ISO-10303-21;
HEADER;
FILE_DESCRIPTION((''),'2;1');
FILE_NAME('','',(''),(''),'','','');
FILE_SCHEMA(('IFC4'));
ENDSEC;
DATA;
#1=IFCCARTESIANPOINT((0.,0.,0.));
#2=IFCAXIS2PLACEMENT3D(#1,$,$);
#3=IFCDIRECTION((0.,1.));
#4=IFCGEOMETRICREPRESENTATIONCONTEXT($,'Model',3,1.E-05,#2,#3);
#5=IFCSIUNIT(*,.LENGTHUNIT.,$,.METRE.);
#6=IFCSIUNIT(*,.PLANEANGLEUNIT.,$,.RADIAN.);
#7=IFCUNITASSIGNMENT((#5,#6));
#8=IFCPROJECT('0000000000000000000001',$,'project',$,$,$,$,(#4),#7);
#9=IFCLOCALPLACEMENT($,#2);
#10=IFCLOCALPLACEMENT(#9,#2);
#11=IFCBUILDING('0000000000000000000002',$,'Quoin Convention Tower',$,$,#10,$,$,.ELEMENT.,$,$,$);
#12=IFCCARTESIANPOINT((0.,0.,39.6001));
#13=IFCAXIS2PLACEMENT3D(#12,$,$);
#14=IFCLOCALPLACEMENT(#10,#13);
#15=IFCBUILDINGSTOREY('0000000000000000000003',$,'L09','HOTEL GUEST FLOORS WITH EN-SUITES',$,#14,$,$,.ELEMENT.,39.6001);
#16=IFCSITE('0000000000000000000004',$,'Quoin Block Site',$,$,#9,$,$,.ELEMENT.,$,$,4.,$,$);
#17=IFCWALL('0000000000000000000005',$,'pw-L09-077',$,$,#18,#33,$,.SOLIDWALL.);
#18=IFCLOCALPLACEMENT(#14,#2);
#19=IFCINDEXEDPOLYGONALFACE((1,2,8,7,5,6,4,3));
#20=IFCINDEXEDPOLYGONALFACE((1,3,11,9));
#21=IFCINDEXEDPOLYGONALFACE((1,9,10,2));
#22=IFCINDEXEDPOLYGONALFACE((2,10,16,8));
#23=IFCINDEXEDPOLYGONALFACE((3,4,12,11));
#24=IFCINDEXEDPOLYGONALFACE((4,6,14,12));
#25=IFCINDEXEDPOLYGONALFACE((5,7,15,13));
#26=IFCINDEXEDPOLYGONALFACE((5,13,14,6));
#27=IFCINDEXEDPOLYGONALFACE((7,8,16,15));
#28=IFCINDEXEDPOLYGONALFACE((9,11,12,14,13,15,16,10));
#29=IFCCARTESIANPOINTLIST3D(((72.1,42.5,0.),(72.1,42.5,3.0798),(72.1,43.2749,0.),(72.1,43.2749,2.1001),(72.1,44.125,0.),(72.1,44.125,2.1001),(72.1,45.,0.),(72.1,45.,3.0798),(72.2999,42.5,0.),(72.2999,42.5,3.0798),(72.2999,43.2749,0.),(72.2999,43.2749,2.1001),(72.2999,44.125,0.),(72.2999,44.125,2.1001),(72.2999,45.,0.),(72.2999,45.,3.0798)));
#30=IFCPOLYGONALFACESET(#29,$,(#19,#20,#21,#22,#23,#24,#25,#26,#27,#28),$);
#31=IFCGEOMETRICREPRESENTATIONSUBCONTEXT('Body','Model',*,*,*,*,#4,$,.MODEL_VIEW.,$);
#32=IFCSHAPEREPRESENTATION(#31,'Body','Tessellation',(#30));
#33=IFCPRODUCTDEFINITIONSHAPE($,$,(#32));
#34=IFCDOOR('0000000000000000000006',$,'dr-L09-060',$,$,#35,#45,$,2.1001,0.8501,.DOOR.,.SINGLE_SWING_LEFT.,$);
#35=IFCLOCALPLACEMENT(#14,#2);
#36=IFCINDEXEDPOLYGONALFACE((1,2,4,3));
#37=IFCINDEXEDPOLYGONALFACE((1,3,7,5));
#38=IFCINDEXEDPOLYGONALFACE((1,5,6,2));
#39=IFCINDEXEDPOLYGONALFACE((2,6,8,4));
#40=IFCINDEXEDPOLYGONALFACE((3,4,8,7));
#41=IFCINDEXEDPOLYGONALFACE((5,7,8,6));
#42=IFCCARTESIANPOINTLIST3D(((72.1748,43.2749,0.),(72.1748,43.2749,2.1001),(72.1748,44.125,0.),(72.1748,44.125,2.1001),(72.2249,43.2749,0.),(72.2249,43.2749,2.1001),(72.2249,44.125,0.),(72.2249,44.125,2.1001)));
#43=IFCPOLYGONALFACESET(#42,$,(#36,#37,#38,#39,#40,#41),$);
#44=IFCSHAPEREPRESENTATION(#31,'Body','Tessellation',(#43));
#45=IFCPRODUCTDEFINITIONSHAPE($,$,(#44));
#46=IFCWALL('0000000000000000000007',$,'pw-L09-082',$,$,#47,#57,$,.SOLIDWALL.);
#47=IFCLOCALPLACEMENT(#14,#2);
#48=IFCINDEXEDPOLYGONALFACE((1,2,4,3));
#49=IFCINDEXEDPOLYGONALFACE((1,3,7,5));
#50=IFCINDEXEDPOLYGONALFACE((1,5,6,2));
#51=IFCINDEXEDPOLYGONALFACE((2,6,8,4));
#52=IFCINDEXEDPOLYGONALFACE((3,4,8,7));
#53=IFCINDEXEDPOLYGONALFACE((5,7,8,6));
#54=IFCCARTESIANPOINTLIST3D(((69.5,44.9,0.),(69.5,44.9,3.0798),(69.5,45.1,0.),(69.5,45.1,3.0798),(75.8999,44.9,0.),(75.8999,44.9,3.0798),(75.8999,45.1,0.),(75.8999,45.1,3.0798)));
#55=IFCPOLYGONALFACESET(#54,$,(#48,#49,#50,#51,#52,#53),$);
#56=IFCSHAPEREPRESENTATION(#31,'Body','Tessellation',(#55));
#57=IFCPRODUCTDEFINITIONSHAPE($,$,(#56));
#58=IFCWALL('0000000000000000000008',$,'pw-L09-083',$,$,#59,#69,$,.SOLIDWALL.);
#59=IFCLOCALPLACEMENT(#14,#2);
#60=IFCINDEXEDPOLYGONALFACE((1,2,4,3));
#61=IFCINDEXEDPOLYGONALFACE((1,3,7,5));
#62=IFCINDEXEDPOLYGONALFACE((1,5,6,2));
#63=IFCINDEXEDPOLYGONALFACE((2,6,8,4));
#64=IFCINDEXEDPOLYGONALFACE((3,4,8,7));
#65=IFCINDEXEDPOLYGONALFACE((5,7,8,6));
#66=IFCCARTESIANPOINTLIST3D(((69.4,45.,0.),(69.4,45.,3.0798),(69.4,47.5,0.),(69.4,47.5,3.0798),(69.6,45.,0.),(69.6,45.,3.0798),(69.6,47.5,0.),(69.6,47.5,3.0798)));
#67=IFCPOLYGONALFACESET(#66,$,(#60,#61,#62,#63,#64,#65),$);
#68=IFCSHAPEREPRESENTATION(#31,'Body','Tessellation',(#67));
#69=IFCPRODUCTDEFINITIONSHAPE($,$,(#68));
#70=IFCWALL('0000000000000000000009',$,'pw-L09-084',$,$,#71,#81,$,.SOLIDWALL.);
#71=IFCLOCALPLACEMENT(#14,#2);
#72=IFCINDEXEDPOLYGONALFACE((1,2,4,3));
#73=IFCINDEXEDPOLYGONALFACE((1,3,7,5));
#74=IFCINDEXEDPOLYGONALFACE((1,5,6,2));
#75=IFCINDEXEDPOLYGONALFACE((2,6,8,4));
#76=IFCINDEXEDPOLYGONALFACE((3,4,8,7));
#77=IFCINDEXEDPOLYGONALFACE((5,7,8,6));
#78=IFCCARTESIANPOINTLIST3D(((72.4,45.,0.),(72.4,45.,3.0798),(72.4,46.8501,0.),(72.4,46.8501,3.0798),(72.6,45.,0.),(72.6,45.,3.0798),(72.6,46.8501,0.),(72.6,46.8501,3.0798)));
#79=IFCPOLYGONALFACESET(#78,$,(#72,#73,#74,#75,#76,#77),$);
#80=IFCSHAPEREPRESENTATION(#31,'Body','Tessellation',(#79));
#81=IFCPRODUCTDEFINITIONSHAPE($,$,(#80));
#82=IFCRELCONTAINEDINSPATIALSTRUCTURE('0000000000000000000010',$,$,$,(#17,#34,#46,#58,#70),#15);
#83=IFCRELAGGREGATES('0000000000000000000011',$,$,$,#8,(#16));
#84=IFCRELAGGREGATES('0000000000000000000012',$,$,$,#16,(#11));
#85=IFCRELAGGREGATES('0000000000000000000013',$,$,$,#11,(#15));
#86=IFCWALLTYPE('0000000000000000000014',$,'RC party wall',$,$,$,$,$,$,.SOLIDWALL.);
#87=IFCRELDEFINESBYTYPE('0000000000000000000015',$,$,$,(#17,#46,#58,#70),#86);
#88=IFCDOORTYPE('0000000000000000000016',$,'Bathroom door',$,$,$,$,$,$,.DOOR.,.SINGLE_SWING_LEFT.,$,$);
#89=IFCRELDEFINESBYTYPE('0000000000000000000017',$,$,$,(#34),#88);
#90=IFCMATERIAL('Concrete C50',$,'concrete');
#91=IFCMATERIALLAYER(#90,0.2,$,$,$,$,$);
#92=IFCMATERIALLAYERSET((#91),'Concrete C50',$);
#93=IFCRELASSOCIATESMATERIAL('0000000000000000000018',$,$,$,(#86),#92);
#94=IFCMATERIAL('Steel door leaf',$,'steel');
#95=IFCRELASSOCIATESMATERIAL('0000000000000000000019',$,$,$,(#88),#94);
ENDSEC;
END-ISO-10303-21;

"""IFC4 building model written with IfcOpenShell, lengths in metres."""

from ifc_helpers import new_model, si_unit, direction, frame, frame_2d, origin, place, context, subcontext, project, spatial, rectangle, extrude, material, layer, layer_set, type_object, element, fill, save


model = new_model("IFC4")

# Units and contexts
model_context = context("Model", 3, precision=1e-05, world=origin(), true_north=direction((0.0, 1.0)))
body_context = subcontext(model_context, "Body", "Model", "MODEL_VIEW")
ifc_project = project(units=[si_unit("LENGTHUNIT", "METRE"), si_unit("PLANEANGLEUNIT", "RADIAN")], contexts=[model_context])

# Site, building, storey
site_placement = place(None, origin())
site = spatial("IfcSite", under=ifc_project, at=site_placement, Name="Quoin Block Site", CompositionType="ELEMENT", RefElevation=4.0)
building_placement = place(site_placement, origin())
building = spatial("IfcBuilding", under=site, at=building_placement, Name="Quoin Convention Tower", CompositionType="ELEMENT")
storey_placement = place(building_placement, frame((0.0, 0.0, 39.6001)))
storey = spatial("IfcBuildingStorey", under=building, at=storey_placement, Name="L09", Description="HOTEL GUEST FLOORS WITH EN-SUITES", CompositionType="ELEMENT", Elevation=39.6001)

# Shared definitions
ifc_material_1 = material(Name="Concrete C50", Category="concrete")
ifc_layer_1 = layer(ifc_material_1, 0.2)
ifc_layer_set_1 = layer_set([ifc_layer_1], Name="Concrete C50")
wall_type_1 = type_object("IfcWallType", Name="RC party wall", PredefinedType="SOLIDWALL", material=ifc_layer_set_1)

# Wall, opening, door
wall_1_placement = place(storey_placement, frame((72.2, 42.5, 0.0), z_axis=(0.0, 0.0, 1.0), x_axis=(0.0, 1.0, 0.0)))
wall_1 = element("IfcWall", 1, at=wall_1_placement, inside=storey, type_object=wall_type_1, Name="pw-L09-077", PredefinedType="SOLIDWALL", context=body_context, shape_type="SweptSolid", body=[
    extrude(rectangle(XDim=2.5, YDim=0.2, at=frame_2d((1.25, 0.0))), origin(), (0.0, 0.0, 1.0), 3.0798),
])
opening_1_placement = place(wall_1_placement, frame((0.7749, 0.0, 0.0)))
opening_1 = element("IfcOpeningElement", 2, at=opening_1_placement, cuts=wall_1, PredefinedType="OPENING", context=body_context, shape_type="SweptSolid", body=[
    extrude(rectangle(XDim=0.8501, YDim=2.1001, at=frame_2d((0.425, 1.05))), frame((0.0, 0.1099, 0.0), z_axis=(0.0, -1.0, 0.0), x_axis=(1.0, 0.0, 0.0)), (0.0, 0.0, 1.0), 0.22),
])
ifc_material_2 = material(Name="Steel door leaf", Category="steel")
door_type = type_object("IfcDoorType", Name="Bathroom door", OperationType="SINGLE_SWING_LEFT", PredefinedType="DOOR", material=ifc_material_2)
door_placement = place(opening_1_placement, frame((0.8501, 0.0, 0.0), z_axis=(0.0, 0.0, 1.0), x_axis=(-1.0, 0.0, 0.0)))
door = element("IfcDoor", 3, at=door_placement, inside=storey, type_object=door_type, Name="dr-L09-060", OperationType="SINGLE_SWING_LEFT", OverallHeight=2.1001, OverallWidth=0.8501, PredefinedType="DOOR", context=body_context, shape_type="SweptSolid", body=[
    extrude(rectangle(XDim=0.8501, YDim=2.1001, at=frame_2d((0.425, 1.05))), frame((0.0, 0.0249, 0.0), z_axis=(0.0, -1.0, 0.0), x_axis=(1.0, 0.0, 0.0)), (0.0, 0.0, 1.0), 0.05),
])
fill(opening_1, door)

# Walls
wall_2_placement = place(storey_placement, frame((69.5, 45.0, 0.0), z_axis=(0.0, 0.0, 1.0), x_axis=(1.0, 0.0, 0.0)))
element("IfcWall", 4, at=wall_2_placement, inside=storey, type_object=wall_type_1, Name="pw-L09-082", PredefinedType="SOLIDWALL", context=body_context, shape_type="SweptSolid", body=[
    extrude(rectangle(XDim=6.3999, YDim=0.2, at=frame_2d((3.2, 0.0))), origin(), (0.0, 0.0, 1.0), 3.0798),
])
wall_3_placement = place(storey_placement, frame((69.5, 45.0, 0.0), z_axis=(0.0, 0.0, 1.0), x_axis=(0.0, 1.0, 0.0)))
element("IfcWall", 5, at=wall_3_placement, inside=storey, type_object=wall_type_1, Name="pw-L09-083", PredefinedType="SOLIDWALL", context=body_context, shape_type="SweptSolid", body=[
    extrude(rectangle(XDim=2.5, YDim=0.2, at=frame_2d((1.25, 0.0))), origin(), (0.0, 0.0, 1.0), 3.0798),
])
wall_4_placement = place(storey_placement, frame((72.5, 45.0, 0.0), z_axis=(0.0, 0.0, 1.0), x_axis=(0.0, 1.0, 0.0)))
element("IfcWall", 6, at=wall_4_placement, inside=storey, type_object=wall_type_1, Name="pw-L09-084", PredefinedType="SOLIDWALL", context=body_context, shape_type="SweptSolid", body=[
    extrude(rectangle(XDim=1.8501, YDim=0.2, at=frame_2d((0.925, 0.0))), origin(), (0.0, 0.0, 1.0), 3.0798),
])

save(model, "model.ifc")
